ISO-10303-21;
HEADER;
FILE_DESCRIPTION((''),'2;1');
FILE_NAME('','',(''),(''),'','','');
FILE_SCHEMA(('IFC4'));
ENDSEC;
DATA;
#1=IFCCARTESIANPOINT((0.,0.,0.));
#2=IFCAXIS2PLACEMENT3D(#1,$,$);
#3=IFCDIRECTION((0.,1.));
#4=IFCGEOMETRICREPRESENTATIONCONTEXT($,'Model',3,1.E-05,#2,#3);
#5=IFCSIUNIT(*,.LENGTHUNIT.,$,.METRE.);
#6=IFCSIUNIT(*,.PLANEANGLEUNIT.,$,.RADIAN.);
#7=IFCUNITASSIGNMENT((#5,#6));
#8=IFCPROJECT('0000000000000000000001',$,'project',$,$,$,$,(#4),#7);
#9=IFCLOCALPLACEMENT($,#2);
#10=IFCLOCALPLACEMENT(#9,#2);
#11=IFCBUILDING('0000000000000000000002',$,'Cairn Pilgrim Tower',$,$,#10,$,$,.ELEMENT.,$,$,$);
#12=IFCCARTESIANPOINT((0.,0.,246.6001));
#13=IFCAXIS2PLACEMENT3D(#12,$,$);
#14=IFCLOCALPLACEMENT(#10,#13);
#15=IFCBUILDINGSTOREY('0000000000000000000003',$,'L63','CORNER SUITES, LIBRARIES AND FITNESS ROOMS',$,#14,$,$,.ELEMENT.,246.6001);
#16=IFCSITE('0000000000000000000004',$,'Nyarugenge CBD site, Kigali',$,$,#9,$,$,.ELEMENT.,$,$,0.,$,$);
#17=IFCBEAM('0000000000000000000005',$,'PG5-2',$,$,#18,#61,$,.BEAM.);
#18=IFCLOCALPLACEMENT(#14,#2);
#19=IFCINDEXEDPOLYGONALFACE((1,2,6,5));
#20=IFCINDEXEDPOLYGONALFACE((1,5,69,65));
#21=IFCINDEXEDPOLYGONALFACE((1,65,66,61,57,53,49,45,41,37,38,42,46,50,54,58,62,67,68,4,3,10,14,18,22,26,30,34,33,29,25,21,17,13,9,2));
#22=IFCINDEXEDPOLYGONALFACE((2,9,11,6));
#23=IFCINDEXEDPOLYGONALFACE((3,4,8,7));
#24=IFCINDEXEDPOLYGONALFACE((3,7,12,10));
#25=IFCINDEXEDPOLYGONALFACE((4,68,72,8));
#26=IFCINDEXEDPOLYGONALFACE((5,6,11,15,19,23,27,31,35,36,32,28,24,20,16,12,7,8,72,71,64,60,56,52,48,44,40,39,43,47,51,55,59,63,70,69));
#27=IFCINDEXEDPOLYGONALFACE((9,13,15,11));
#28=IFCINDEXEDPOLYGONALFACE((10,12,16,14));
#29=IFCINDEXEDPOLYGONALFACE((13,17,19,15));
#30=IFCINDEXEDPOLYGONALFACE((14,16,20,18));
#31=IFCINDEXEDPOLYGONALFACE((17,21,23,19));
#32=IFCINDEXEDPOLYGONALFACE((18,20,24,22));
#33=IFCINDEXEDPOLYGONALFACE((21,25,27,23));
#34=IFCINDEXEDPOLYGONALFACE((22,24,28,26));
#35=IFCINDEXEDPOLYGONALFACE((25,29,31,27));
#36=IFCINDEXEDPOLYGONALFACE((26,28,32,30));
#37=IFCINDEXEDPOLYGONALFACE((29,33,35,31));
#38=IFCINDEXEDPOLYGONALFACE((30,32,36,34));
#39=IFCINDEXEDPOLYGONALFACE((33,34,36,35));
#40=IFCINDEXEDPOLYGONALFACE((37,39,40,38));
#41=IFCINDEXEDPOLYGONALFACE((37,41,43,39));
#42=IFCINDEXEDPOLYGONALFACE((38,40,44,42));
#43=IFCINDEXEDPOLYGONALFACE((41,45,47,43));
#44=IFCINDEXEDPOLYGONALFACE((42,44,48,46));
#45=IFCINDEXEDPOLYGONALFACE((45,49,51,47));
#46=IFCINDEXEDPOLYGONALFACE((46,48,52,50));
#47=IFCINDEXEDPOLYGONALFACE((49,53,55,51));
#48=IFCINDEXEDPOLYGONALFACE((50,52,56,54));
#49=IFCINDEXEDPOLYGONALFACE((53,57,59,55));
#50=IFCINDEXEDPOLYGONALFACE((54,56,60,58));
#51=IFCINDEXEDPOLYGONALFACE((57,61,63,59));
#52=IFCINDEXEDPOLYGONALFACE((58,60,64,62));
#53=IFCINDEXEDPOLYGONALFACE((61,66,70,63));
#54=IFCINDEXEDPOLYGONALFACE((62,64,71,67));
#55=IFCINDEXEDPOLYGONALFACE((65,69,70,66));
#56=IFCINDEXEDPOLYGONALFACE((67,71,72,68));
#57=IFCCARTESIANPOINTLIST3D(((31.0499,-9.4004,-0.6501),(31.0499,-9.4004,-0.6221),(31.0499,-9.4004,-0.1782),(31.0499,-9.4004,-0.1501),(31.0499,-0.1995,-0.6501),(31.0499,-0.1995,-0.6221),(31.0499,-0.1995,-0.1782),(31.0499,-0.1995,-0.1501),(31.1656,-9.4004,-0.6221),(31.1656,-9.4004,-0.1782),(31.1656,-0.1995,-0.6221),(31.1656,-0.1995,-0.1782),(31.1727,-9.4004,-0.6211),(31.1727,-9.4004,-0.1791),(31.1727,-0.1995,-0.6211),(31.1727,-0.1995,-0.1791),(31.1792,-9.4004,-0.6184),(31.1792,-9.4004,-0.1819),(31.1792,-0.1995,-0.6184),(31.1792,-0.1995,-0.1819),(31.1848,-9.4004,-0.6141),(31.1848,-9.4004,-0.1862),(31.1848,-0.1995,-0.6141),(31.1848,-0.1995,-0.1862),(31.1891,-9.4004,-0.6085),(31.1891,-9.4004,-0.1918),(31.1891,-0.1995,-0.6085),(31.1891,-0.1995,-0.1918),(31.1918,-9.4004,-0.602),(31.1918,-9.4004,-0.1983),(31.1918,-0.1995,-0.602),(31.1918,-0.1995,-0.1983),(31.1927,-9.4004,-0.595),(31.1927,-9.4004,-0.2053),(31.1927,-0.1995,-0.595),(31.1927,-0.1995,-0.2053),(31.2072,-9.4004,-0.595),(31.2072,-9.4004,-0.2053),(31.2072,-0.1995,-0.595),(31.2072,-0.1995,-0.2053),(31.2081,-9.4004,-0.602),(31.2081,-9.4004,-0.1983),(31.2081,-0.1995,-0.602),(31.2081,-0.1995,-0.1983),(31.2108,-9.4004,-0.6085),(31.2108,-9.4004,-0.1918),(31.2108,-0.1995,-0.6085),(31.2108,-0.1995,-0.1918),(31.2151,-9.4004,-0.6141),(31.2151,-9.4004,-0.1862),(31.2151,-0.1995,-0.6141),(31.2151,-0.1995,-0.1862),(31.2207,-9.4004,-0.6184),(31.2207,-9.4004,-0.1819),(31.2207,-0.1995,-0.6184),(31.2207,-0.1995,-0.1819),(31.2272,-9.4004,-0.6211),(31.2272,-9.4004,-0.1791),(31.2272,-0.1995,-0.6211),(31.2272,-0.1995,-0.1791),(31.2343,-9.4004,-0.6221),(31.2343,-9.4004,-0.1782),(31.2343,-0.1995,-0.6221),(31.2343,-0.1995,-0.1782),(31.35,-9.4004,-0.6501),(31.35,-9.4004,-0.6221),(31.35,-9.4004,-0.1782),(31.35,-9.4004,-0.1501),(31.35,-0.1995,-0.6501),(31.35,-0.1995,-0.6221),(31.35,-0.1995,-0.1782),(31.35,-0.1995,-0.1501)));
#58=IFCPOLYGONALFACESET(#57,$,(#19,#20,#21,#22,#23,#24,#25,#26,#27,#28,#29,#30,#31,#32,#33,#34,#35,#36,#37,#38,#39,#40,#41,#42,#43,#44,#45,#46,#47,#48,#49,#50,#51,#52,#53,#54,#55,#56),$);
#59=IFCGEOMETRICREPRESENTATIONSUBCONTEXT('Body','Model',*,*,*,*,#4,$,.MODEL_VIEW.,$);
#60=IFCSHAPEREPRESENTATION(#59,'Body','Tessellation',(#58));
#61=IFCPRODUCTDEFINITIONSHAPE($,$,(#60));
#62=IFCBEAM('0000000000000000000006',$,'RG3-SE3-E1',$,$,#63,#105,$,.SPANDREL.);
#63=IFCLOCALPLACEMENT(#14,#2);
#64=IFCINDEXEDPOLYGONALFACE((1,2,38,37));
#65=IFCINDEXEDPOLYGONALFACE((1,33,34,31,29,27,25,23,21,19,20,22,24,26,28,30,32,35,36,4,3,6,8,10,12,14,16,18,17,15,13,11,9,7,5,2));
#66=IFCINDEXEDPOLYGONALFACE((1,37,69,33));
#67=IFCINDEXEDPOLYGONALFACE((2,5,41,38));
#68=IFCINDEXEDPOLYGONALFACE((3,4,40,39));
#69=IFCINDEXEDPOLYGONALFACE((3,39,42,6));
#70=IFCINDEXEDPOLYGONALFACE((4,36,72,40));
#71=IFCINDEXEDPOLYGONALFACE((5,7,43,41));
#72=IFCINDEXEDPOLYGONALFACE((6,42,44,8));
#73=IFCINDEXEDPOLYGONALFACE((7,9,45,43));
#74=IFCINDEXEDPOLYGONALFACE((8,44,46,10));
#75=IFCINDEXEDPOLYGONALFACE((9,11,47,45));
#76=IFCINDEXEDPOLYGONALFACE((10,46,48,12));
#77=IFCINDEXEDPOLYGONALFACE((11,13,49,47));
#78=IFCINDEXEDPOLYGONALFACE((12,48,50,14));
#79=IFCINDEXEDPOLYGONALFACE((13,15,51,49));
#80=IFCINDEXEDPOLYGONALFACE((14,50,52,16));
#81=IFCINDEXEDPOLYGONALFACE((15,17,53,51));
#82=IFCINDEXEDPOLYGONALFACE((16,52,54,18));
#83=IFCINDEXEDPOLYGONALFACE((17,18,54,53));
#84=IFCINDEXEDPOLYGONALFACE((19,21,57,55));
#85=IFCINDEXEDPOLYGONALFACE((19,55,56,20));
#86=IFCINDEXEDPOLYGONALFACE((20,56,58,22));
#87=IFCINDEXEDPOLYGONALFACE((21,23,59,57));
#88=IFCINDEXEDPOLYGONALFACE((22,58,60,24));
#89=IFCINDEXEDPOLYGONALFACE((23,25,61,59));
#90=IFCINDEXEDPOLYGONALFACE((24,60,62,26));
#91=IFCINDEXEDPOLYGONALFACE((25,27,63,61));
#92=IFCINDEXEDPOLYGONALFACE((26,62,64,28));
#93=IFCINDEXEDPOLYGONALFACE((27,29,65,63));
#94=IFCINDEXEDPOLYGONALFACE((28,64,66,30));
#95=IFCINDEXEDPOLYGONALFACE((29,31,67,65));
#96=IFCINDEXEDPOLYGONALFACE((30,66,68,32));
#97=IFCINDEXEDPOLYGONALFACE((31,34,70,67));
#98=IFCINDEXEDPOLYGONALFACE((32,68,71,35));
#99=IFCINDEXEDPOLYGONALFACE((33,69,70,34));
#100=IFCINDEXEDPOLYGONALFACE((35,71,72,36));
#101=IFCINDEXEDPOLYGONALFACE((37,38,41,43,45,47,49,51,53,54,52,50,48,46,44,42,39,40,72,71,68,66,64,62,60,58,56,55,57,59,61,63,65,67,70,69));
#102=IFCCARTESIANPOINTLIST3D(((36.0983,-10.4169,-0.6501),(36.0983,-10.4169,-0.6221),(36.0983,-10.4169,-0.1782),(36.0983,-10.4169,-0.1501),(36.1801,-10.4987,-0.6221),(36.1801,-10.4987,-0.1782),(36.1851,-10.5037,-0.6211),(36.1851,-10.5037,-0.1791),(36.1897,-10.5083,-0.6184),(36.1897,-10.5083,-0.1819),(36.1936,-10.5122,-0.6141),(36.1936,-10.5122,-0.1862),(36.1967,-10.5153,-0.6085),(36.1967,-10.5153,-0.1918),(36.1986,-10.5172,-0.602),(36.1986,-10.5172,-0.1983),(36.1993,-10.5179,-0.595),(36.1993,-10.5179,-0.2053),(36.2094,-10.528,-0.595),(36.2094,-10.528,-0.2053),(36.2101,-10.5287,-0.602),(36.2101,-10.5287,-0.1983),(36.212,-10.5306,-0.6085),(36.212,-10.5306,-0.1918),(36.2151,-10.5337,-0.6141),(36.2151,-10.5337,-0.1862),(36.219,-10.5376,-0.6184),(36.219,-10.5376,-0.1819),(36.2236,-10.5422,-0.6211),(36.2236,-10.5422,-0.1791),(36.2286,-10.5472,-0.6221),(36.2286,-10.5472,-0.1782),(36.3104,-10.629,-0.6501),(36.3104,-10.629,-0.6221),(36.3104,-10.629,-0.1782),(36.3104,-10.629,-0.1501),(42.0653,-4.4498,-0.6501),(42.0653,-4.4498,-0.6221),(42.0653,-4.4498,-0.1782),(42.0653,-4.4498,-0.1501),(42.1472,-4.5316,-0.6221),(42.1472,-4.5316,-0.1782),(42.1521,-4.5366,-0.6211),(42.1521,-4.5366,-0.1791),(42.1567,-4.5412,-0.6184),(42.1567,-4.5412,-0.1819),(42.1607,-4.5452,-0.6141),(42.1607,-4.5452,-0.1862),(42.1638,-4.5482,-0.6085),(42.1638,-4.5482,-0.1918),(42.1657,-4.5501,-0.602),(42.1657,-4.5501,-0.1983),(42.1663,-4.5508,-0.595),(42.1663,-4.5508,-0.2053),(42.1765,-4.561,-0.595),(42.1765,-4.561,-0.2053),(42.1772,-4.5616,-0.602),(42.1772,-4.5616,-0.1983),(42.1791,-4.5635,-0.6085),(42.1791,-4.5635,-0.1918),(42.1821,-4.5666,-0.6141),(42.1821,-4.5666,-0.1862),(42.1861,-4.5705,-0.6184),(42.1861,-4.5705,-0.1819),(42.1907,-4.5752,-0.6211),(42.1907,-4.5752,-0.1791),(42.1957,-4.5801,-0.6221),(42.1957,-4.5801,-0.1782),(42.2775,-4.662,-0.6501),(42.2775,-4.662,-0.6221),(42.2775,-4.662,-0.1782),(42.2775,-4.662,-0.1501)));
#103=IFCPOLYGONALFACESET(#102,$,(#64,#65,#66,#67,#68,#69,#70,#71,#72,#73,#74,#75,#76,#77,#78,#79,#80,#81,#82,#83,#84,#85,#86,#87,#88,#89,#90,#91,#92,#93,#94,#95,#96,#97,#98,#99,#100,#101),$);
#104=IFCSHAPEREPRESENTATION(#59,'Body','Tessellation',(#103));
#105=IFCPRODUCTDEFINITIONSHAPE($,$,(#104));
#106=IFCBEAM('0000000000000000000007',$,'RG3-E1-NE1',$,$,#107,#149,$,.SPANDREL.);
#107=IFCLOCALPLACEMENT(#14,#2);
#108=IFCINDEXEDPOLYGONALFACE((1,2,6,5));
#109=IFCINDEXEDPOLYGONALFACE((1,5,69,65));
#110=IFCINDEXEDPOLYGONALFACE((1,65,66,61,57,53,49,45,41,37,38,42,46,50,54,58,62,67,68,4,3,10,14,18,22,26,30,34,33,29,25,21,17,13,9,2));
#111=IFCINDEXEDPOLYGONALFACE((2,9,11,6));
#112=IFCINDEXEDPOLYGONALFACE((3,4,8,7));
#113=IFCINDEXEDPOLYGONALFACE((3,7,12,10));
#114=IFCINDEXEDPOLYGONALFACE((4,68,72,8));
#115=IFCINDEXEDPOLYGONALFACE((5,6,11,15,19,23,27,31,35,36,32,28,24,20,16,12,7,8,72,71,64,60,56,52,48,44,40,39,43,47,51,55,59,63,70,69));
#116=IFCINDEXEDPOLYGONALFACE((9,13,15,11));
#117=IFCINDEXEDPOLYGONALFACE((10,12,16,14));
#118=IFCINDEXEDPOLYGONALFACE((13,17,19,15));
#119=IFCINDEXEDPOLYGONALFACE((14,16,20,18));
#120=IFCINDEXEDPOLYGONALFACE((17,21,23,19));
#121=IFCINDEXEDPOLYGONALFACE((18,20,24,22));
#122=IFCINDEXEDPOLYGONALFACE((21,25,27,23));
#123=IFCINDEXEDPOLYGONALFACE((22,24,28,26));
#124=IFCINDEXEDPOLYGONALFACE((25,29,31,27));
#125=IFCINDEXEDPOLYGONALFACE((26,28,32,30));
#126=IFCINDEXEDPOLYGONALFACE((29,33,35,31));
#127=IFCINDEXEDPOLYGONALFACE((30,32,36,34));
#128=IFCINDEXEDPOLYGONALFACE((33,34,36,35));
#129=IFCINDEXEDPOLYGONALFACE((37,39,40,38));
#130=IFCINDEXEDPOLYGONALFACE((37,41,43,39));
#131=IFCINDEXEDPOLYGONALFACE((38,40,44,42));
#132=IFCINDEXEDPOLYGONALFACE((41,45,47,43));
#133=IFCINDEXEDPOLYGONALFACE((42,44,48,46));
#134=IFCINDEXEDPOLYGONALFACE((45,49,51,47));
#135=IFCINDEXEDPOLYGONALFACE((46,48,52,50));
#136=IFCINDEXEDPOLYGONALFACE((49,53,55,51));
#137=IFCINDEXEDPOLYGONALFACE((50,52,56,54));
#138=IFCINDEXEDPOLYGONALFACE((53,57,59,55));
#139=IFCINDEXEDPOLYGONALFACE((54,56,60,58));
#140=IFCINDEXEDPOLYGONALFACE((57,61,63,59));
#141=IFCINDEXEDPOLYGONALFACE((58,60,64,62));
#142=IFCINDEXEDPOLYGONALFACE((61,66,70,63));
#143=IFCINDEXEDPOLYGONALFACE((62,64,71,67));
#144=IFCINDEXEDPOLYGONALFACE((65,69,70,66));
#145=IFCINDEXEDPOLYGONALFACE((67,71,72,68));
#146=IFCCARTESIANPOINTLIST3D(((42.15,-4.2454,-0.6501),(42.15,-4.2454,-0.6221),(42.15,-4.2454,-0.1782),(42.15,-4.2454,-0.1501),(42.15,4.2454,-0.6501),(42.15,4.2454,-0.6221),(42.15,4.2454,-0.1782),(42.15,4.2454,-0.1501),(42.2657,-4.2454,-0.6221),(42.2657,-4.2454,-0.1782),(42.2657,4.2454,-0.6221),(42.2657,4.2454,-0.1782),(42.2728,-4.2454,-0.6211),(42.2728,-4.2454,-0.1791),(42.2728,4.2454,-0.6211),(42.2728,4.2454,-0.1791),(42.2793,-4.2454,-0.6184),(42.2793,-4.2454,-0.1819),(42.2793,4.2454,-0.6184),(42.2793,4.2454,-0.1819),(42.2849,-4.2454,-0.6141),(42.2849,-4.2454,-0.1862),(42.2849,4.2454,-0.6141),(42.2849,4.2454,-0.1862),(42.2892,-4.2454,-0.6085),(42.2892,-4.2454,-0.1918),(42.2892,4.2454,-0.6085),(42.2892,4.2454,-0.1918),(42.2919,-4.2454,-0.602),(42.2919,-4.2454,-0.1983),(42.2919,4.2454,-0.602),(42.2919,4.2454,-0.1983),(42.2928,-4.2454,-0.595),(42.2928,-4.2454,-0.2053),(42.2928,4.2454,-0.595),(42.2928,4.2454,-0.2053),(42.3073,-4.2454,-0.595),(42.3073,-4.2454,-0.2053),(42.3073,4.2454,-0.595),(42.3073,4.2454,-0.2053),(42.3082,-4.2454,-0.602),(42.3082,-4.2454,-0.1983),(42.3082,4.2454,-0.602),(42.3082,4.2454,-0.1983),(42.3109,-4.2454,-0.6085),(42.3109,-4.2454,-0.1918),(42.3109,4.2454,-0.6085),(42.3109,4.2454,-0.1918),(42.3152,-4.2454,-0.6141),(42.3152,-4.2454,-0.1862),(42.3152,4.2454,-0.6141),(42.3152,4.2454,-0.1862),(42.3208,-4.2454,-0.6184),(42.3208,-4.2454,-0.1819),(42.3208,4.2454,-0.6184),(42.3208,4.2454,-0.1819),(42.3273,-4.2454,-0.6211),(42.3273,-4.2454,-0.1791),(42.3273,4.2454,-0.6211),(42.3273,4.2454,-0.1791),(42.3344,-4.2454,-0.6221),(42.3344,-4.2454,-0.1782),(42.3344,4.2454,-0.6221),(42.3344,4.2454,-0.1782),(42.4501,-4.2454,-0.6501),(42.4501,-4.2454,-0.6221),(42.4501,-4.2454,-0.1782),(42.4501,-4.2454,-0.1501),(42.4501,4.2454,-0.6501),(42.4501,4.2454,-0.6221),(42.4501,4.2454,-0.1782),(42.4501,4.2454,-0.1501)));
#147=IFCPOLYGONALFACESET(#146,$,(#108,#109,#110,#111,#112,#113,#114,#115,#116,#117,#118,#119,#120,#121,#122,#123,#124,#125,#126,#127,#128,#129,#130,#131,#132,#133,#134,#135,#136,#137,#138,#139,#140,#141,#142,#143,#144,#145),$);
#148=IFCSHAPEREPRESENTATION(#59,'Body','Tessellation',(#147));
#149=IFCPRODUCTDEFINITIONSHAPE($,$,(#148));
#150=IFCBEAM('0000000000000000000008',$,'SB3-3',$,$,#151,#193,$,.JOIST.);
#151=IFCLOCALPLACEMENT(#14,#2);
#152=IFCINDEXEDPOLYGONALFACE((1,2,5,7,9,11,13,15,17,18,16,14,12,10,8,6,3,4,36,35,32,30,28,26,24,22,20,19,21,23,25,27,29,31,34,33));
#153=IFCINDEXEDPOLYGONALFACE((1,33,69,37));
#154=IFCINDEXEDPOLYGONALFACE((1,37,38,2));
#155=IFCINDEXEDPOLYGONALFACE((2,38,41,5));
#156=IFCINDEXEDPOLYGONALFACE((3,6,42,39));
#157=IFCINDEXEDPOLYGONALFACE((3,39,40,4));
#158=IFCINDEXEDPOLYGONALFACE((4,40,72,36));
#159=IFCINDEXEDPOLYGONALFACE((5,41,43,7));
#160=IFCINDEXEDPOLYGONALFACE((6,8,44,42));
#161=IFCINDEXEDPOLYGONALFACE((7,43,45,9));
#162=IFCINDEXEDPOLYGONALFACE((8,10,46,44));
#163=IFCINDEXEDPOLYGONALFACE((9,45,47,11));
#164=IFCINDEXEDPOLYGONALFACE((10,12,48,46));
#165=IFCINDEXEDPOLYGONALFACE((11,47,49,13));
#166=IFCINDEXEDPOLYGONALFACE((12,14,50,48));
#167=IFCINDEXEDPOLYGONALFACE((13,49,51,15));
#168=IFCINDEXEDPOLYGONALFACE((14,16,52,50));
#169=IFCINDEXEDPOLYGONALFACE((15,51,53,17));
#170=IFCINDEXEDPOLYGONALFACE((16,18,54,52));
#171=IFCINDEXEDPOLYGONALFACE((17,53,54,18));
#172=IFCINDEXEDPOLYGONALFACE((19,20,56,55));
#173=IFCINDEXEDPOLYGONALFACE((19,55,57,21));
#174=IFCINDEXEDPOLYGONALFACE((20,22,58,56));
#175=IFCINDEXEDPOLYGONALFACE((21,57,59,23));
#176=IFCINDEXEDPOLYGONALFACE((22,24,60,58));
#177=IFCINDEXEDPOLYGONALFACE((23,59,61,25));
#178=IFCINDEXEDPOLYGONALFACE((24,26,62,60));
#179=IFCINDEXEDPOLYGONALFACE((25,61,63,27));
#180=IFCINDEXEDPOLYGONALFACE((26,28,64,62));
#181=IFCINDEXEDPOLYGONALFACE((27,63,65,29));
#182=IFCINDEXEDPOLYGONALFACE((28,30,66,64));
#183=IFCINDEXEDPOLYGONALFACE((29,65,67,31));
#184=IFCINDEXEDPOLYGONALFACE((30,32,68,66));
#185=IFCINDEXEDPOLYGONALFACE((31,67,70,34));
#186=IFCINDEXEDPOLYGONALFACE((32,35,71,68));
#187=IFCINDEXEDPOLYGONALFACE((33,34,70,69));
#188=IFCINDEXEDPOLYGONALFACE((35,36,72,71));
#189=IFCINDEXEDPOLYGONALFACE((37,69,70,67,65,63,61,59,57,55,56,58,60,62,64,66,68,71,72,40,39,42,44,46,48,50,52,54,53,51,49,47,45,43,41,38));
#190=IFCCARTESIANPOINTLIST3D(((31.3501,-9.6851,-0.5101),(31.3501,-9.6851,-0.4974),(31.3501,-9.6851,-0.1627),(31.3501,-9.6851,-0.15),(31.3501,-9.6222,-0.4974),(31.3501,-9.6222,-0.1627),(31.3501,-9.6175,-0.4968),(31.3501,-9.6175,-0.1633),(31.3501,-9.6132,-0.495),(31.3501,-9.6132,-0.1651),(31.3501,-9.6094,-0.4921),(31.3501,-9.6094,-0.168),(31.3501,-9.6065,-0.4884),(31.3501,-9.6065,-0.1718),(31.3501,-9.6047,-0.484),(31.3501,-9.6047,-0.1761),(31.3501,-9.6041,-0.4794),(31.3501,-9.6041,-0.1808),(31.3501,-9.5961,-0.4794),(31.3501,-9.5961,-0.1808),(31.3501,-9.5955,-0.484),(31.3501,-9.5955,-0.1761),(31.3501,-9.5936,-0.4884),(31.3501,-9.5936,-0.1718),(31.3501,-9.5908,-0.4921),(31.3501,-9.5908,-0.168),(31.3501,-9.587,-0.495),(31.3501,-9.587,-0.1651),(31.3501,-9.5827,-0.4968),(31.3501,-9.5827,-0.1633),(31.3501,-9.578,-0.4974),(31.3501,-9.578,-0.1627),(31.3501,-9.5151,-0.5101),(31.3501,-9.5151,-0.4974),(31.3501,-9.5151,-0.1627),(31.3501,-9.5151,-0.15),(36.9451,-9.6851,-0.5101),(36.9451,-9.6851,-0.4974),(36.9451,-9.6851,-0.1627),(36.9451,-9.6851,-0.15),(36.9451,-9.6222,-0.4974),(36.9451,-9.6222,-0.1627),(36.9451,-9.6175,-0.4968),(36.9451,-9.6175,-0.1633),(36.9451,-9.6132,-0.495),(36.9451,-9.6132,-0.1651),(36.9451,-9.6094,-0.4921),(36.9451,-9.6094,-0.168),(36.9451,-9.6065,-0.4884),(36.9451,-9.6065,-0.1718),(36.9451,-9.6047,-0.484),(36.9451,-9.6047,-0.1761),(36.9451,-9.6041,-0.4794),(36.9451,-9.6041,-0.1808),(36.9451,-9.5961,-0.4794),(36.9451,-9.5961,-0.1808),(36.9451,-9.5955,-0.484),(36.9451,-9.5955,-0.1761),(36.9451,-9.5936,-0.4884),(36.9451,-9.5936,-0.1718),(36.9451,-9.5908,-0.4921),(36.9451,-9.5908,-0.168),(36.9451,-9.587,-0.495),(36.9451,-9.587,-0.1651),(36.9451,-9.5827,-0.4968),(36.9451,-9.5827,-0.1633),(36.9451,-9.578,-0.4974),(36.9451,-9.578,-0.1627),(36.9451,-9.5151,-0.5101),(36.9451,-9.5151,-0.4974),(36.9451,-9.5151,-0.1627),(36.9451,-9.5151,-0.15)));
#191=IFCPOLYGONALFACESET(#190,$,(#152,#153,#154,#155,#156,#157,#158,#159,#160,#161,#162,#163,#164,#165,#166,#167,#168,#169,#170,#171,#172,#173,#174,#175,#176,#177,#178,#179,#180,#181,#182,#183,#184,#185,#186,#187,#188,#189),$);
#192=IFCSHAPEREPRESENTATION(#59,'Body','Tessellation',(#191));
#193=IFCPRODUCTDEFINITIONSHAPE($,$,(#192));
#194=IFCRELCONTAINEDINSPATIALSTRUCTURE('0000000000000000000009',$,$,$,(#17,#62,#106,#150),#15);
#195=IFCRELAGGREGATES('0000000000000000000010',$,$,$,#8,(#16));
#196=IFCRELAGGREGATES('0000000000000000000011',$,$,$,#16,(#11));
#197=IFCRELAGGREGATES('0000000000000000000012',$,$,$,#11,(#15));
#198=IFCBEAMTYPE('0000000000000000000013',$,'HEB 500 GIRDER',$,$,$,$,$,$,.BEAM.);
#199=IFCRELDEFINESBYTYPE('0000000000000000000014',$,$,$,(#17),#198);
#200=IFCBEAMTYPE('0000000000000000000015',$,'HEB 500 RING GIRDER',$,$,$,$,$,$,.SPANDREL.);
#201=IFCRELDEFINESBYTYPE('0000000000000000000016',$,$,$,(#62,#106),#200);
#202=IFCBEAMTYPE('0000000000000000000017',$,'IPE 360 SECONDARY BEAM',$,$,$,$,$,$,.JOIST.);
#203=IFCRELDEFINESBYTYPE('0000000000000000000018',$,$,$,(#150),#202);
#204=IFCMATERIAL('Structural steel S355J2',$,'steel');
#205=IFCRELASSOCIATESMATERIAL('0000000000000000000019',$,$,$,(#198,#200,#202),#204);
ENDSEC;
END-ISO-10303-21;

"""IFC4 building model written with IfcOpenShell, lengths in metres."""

from ifc_helpers import new_model, si_unit, direction, frame, origin, origin_2d, place, context, subcontext, project, spatial, i_section, extrude, material, material_profile, profile_set, type_object, element, save


model = new_model("IFC4")

# Units and contexts
model_context = context("Model", 3, precision=1e-05, world=origin(), true_north=direction((0.0, 1.0)))
body_context = subcontext(model_context, "Body", "Model", "MODEL_VIEW")
ifc_project = project(units=[si_unit("LENGTHUNIT", "METRE"), si_unit("PLANEANGLEUNIT", "RADIAN")], contexts=[model_context])

# Site, building, storey
site_placement = place(None, origin())
site = spatial("IfcSite", under=ifc_project, at=site_placement, Name="Nyarugenge CBD site, Kigali", CompositionType="ELEMENT", RefElevation=0.0)
building_placement = place(site_placement, origin())
building = spatial("IfcBuilding", under=site, at=building_placement, Name="Cairn Pilgrim Tower", CompositionType="ELEMENT")
storey_placement = place(building_placement, frame((0.0, 0.0, 246.6001)))
storey = spatial("IfcBuildingStorey", under=building, at=storey_placement, Name="L63", Description="CORNER SUITES, LIBRARIES AND FITNESS ROOMS", CompositionType="ELEMENT", Elevation=246.6001)

# Shared definitions
ifc_material_1 = material(Name="Structural steel S355J2", Category="steel")

# Beams
ifc_material_profile_1 = material_profile(ifc_material_1, i_section(OverallWidth=0.3, OverallDepth=0.5, WebThickness=0.0144, FlangeThickness=0.0281, FilletRadius=0.0271, at=origin_2d()), Name="HEB 500")
ifc_profile_set_1 = profile_set([ifc_material_profile_1], Name="Structural steel S355J2")
beam_type_1 = type_object("IfcBeamType", Name="HEB 500 GIRDER", PredefinedType="BEAM", material=ifc_profile_set_1)
beam_1_placement = place(storey_placement, frame((31.2, -9.4004, -0.4001), z_axis=(0.0, 1.0, 0.0), x_axis=(-1.0, 0.0, 0.0)))
element("IfcBeam", 1, at=beam_1_placement, inside=storey, type_object=beam_type_1, Name="PG5-2", PredefinedType="BEAM", context=body_context, shape_type="SweptSolid", body=[
    extrude(i_section(OverallWidth=0.3, OverallDepth=0.5, WebThickness=0.0144, FlangeThickness=0.0281, FilletRadius=0.0271, at=origin_2d()), origin(), (0.0, 0.0, 1.0), 9.2009),
])
ifc_material_profile_2 = material_profile(ifc_material_1, i_section(OverallWidth=0.3, OverallDepth=0.5, WebThickness=0.0144, FlangeThickness=0.0281, FilletRadius=0.0271, at=origin_2d()), Name="HEB 500")
ifc_profile_set_2 = profile_set([ifc_material_profile_2], Name="Structural steel S355J2")
beam_type_2 = type_object("IfcBeamType", Name="HEB 500 RING GIRDER", PredefinedType="SPANDREL", material=ifc_profile_set_2)
beam_2_placement = place(storey_placement, frame((36.2043, -10.5229, -0.4001), z_axis=(0.707107, 0.707107, 0.0), x_axis=(-0.707107, 0.707107, 0.0)))
element("IfcBeam", 2, at=beam_2_placement, inside=storey, type_object=beam_type_2, Name="RG3-SE3-E1", PredefinedType="SPANDREL", context=body_context, shape_type="SweptSolid", body=[
    extrude(i_section(OverallWidth=0.3, OverallDepth=0.5, WebThickness=0.0144, FlangeThickness=0.0281, FilletRadius=0.0271, at=origin_2d()), origin(), (0.0, 0.0, 1.0), 8.4387),
])
beam_3_placement = place(storey_placement, frame((42.3, -4.2454, -0.4001), z_axis=(0.0, 1.0, 0.0), x_axis=(-1.0, 0.0, 0.0)))
element("IfcBeam", 3, at=beam_3_placement, inside=storey, type_object=beam_type_2, Name="RG3-E1-NE1", PredefinedType="SPANDREL", context=body_context, shape_type="SweptSolid", body=[
    extrude(i_section(OverallWidth=0.3, OverallDepth=0.5, WebThickness=0.0144, FlangeThickness=0.0281, FilletRadius=0.0271, at=origin_2d()), origin(), (0.0, 0.0, 1.0), 8.4907),
])
ifc_material_profile_3 = material_profile(ifc_material_1, i_section(OverallWidth=0.1699, OverallDepth=0.3601, WebThickness=0.0081, FlangeThickness=0.0127, FilletRadius=0.0181, at=origin_2d()), Name="IPE 360")
ifc_profile_set_3 = profile_set([ifc_material_profile_3], Name="Structural steel S355J2")
beam_type_3 = type_object("IfcBeamType", Name="IPE 360 SECONDARY BEAM", PredefinedType="JOIST", material=ifc_profile_set_3)
beam_4_placement = place(storey_placement, frame((31.3501, -9.6001, -0.3301), z_axis=(1.0, 0.0, 0.0), x_axis=(0.0, 1.0, 0.0)))
element("IfcBeam", 4, at=beam_4_placement, inside=storey, type_object=beam_type_3, Name="SB3-3", PredefinedType="JOIST", context=body_context, shape_type="SweptSolid", body=[
    extrude(i_section(OverallWidth=0.1699, OverallDepth=0.3601, WebThickness=0.0081, FlangeThickness=0.0127, FilletRadius=0.0181, at=origin_2d()), origin(), (0.0, 0.0, 1.0), 5.595),
])

save(model, "model.ifc")
